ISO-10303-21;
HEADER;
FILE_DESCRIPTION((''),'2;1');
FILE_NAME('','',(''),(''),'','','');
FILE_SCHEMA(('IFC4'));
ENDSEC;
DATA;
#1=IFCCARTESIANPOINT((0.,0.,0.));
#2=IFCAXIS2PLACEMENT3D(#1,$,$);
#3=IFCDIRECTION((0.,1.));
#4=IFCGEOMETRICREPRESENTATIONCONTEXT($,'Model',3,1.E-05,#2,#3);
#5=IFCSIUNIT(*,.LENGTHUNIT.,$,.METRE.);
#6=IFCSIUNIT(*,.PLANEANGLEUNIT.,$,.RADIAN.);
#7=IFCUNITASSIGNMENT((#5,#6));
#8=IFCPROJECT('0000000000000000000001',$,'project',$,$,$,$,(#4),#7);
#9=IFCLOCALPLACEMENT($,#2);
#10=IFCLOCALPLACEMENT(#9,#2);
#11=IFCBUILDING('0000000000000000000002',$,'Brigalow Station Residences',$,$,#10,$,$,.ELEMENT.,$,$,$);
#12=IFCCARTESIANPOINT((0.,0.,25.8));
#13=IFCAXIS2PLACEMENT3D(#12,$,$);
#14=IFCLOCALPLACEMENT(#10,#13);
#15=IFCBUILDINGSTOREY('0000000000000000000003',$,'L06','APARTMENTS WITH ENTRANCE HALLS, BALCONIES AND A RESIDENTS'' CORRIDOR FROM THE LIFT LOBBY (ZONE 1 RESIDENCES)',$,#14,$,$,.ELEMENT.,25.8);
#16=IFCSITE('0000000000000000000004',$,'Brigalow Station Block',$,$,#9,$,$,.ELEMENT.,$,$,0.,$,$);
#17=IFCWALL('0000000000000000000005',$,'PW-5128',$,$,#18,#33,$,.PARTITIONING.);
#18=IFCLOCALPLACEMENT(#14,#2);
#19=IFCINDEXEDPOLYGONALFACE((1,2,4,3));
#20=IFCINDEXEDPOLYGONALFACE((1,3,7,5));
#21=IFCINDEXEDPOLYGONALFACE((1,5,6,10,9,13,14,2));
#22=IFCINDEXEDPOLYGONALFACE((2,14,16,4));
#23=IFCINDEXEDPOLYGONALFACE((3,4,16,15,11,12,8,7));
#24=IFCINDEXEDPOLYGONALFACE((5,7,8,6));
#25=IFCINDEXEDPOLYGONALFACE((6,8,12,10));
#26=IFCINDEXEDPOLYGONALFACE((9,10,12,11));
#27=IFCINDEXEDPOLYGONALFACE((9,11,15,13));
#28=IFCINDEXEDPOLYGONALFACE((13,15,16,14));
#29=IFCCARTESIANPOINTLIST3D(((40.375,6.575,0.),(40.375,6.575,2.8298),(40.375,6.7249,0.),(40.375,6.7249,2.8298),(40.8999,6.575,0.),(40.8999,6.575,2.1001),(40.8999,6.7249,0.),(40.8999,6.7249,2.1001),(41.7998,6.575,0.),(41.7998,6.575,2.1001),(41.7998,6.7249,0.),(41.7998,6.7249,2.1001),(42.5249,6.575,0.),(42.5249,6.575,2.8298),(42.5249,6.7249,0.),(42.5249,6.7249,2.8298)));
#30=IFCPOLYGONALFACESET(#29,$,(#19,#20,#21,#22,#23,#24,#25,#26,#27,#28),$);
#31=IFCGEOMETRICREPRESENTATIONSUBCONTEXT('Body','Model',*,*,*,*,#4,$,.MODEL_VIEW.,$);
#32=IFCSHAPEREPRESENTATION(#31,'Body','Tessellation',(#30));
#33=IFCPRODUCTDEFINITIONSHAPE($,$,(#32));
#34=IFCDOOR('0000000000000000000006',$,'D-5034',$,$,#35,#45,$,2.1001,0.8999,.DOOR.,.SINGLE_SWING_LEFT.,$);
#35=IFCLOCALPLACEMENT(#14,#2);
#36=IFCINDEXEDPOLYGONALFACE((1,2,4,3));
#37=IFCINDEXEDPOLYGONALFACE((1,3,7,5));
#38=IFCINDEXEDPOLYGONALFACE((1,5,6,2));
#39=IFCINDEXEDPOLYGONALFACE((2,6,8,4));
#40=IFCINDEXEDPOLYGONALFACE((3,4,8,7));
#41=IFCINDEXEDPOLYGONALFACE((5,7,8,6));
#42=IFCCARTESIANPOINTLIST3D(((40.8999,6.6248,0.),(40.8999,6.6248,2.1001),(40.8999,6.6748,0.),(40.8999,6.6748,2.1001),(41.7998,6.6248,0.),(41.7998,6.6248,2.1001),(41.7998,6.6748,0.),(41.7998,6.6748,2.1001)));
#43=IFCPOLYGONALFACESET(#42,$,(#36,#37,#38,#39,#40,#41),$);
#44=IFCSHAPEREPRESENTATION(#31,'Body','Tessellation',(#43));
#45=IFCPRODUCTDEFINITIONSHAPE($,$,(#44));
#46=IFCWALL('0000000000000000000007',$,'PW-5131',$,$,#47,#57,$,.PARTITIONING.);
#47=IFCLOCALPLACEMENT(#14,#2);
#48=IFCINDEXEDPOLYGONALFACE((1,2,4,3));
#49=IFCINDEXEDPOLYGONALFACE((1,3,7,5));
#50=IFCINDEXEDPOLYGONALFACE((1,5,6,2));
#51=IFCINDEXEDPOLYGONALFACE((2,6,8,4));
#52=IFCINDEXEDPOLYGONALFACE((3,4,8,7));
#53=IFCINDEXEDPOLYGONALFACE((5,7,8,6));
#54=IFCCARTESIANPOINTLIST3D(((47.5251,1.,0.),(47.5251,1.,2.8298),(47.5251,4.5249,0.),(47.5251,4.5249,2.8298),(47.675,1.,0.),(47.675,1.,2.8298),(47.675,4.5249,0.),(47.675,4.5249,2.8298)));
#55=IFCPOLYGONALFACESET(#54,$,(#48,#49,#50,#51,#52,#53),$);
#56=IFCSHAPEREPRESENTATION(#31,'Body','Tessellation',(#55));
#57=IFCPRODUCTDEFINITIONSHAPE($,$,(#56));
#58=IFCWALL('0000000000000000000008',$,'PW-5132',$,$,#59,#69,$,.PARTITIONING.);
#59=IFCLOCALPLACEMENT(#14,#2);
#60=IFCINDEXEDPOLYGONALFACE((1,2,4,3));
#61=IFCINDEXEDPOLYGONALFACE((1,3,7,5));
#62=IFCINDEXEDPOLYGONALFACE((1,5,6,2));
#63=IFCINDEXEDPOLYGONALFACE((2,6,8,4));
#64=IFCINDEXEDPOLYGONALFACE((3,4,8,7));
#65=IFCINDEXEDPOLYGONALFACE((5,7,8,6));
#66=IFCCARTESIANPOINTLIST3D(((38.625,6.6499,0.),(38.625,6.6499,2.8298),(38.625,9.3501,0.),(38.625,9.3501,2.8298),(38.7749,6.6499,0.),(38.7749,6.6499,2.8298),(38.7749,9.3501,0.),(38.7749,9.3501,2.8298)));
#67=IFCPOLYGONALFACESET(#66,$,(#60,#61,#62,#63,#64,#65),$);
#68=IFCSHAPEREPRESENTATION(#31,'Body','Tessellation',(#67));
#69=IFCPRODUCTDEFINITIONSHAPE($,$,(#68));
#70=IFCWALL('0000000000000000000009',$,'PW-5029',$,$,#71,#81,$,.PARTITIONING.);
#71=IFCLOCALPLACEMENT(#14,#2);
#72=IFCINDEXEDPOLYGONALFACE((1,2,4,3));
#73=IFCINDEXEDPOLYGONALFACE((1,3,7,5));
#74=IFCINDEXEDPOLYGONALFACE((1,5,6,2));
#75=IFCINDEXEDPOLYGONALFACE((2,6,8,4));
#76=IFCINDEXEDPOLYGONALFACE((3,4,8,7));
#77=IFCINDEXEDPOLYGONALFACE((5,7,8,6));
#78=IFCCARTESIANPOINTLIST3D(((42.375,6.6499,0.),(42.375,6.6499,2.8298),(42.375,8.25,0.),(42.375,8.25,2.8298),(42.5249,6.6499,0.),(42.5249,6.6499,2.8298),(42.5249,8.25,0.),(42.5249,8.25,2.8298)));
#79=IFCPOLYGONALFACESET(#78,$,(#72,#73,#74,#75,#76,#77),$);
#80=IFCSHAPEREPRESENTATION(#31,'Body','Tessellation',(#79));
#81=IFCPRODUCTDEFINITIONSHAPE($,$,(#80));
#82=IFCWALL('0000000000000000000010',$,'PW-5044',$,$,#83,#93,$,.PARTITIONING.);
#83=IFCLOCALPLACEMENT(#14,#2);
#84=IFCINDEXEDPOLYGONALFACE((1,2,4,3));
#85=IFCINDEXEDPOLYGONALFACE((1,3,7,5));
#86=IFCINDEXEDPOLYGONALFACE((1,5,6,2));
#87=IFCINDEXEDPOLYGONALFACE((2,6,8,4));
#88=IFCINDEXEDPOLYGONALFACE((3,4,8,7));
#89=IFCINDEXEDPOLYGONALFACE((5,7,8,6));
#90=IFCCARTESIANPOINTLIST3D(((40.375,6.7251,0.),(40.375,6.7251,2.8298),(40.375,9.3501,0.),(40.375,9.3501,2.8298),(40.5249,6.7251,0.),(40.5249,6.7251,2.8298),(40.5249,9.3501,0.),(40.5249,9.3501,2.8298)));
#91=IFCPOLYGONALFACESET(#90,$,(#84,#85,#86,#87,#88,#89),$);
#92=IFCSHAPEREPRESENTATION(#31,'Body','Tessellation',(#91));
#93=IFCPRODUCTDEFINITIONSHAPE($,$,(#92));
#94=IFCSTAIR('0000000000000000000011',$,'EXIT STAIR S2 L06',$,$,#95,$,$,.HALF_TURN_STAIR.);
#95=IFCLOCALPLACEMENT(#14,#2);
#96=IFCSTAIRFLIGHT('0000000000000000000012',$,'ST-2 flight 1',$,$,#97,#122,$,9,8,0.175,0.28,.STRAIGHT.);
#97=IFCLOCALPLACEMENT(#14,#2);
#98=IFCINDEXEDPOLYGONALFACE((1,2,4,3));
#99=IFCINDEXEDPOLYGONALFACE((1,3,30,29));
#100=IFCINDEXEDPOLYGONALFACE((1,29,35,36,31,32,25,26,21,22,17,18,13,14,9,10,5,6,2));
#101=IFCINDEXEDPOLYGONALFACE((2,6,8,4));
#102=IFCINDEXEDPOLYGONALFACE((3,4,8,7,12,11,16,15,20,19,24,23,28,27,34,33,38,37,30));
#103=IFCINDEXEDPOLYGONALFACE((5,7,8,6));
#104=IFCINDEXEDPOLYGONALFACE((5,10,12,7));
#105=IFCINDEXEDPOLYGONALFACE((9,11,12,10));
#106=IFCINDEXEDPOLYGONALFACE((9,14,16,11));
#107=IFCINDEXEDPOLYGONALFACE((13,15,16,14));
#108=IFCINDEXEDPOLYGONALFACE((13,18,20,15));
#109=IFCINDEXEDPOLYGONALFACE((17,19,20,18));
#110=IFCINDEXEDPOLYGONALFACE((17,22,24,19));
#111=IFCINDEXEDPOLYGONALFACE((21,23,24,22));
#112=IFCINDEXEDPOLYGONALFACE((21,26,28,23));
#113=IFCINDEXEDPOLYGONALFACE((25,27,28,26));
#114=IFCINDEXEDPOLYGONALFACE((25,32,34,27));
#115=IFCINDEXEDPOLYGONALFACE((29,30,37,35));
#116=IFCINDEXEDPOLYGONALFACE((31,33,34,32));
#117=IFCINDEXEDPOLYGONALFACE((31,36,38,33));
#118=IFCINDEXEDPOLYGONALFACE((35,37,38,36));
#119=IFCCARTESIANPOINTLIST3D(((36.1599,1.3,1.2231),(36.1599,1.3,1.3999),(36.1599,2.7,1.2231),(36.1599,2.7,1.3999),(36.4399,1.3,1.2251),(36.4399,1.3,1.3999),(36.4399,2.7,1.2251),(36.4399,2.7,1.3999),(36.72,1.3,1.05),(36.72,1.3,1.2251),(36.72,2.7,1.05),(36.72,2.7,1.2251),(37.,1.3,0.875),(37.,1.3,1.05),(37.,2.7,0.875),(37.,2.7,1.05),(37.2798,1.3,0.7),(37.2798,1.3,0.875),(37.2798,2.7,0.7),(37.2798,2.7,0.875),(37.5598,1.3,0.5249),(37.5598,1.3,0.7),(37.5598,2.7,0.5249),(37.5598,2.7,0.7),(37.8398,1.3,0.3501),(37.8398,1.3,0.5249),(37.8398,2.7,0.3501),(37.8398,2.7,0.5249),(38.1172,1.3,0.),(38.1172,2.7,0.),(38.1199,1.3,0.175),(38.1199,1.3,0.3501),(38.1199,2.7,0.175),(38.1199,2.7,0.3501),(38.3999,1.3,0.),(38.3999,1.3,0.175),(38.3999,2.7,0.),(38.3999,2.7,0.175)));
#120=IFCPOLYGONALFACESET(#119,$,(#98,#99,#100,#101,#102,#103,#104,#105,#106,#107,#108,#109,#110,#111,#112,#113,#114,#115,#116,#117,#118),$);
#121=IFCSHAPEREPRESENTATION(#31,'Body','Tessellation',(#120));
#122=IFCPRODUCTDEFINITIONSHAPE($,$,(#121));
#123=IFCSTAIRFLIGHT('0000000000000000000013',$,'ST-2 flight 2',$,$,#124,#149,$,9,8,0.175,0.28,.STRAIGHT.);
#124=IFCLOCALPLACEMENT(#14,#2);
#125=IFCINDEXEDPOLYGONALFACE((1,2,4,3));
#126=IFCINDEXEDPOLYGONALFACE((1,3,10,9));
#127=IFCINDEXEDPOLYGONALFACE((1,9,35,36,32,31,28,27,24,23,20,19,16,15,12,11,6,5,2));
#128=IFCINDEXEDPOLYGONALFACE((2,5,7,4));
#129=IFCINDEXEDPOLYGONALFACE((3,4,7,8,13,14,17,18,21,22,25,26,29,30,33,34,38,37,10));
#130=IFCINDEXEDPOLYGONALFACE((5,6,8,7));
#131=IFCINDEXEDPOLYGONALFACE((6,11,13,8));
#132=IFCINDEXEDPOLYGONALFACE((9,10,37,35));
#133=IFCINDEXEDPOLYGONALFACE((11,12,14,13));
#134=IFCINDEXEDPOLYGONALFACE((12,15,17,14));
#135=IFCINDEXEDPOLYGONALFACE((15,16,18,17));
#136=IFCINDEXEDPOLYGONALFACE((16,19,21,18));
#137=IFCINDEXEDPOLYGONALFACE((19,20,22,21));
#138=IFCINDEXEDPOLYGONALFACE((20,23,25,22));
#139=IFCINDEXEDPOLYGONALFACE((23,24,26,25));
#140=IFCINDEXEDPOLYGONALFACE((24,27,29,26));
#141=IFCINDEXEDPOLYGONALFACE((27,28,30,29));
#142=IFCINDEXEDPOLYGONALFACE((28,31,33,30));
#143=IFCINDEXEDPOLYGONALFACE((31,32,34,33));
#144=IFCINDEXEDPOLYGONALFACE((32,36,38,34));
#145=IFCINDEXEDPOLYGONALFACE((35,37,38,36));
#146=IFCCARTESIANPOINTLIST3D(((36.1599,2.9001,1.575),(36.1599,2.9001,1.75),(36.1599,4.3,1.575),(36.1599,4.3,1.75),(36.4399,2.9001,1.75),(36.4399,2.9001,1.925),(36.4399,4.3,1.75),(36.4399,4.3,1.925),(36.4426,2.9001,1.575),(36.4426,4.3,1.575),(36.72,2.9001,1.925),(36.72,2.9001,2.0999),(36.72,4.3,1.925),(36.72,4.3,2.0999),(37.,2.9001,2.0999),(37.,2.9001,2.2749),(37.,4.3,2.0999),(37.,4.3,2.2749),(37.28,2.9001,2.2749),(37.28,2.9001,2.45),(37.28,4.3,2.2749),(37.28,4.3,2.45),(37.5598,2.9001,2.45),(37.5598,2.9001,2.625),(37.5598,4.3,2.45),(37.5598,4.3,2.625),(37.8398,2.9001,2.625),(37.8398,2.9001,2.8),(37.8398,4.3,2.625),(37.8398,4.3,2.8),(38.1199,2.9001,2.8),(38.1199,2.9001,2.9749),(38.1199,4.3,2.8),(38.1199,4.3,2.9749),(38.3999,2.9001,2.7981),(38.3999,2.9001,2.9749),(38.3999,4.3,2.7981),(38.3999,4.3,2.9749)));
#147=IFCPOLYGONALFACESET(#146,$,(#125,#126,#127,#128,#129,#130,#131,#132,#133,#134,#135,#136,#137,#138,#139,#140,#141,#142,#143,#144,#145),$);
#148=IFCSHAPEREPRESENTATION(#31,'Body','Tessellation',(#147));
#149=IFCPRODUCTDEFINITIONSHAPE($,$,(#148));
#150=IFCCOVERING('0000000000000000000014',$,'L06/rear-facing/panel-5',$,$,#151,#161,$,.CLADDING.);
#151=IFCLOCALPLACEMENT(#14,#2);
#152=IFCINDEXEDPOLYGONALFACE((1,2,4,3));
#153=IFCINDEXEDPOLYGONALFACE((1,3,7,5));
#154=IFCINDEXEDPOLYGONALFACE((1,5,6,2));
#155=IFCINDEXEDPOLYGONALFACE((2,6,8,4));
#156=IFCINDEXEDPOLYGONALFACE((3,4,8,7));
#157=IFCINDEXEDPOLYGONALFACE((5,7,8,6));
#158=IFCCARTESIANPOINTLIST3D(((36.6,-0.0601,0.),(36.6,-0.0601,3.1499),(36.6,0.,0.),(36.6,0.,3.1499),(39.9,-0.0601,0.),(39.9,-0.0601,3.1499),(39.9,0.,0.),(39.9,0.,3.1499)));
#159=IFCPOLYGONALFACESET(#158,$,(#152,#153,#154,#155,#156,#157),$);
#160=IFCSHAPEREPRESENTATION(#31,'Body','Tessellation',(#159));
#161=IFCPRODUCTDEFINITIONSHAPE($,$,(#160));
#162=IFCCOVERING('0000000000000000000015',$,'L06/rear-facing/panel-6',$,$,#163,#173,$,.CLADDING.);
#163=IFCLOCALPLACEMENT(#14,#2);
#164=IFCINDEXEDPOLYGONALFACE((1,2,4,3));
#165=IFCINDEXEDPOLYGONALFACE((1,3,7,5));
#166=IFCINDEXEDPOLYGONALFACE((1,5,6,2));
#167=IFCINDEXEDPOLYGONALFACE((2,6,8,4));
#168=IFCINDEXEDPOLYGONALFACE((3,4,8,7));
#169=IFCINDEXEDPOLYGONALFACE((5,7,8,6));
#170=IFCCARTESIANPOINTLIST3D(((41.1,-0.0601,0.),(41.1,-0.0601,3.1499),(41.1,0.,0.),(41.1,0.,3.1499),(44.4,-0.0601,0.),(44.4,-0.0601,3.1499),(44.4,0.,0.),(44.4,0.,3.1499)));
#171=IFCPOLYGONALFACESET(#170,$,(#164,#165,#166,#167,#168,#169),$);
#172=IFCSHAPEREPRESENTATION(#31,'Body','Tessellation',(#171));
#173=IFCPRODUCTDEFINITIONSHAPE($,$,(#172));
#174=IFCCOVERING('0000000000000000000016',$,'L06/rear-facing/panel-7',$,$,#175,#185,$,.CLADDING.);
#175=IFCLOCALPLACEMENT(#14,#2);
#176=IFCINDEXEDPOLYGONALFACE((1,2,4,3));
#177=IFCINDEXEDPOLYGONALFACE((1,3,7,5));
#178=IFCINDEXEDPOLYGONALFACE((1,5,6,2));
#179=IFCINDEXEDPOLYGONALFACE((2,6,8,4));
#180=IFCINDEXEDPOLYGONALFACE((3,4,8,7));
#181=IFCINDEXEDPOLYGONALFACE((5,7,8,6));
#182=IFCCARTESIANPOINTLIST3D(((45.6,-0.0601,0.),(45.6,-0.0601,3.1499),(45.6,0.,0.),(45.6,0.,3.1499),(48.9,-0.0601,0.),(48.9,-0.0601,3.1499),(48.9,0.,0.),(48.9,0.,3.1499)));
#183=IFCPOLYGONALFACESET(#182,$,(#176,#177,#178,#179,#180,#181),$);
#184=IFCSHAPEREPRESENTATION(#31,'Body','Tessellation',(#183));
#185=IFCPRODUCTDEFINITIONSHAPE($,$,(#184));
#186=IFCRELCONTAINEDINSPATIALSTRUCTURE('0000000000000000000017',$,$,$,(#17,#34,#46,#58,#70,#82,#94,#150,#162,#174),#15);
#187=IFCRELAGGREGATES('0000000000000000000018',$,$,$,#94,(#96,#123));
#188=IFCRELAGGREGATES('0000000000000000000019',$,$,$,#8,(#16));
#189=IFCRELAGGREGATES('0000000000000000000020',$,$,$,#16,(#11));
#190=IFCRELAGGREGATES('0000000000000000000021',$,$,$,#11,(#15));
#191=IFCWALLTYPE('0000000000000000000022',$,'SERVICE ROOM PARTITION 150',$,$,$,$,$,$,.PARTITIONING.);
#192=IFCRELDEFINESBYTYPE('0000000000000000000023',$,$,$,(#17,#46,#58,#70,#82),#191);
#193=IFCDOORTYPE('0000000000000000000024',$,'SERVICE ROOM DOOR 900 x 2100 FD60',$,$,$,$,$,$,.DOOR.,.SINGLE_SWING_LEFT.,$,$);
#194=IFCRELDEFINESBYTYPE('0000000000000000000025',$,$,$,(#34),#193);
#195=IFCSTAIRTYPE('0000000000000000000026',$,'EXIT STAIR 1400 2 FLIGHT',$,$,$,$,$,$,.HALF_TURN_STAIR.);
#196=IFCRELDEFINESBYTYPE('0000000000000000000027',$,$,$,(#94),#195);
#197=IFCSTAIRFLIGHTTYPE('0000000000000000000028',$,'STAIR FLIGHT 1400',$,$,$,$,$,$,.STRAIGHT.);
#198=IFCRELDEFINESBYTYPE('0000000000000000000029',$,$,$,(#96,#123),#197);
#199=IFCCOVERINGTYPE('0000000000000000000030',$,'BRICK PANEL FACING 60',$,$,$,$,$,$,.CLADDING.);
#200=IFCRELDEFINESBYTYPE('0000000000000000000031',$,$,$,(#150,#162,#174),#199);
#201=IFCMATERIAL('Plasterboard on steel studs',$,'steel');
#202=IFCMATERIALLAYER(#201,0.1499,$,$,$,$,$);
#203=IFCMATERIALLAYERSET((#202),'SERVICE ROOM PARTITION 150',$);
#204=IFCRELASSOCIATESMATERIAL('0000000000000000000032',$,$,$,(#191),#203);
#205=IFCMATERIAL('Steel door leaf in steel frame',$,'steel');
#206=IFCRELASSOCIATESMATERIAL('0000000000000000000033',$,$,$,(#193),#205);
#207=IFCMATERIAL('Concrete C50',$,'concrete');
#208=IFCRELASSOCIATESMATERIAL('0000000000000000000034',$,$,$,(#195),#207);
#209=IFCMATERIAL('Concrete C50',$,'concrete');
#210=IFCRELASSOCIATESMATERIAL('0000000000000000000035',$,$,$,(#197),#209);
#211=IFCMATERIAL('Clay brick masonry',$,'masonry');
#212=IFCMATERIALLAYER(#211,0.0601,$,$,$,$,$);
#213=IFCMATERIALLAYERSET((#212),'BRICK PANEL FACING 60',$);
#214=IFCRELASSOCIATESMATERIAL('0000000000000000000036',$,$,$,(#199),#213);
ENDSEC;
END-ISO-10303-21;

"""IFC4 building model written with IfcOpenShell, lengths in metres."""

from ifc_helpers import new_model, si_unit, direction, frame, frame_2d, origin, origin_2d, place, context, subcontext, project, spatial, polyline, rectangle, outline, extrude, material, layer, layer_set, type_object, element, fill, aggregate, save


model = new_model("IFC4")

# Units and contexts
model_context = context("Model", 3, precision=1e-05, world=origin(), true_north=direction((0.0, 1.0)))
body_context = subcontext(model_context, "Body", "Model", "MODEL_VIEW")
ifc_project = project(units=[si_unit("LENGTHUNIT", "METRE"), si_unit("PLANEANGLEUNIT", "RADIAN")], contexts=[model_context])

# Site, building, storey
site_placement = place(None, origin())
site = spatial("IfcSite", under=ifc_project, at=site_placement, Name="Brigalow Station Block", CompositionType="ELEMENT", RefElevation=0.0)
building_placement = place(site_placement, origin())
building = spatial("IfcBuilding", under=site, at=building_placement, Name="Brigalow Station Residences", CompositionType="ELEMENT")
storey_placement = place(building_placement, frame((0.0, 0.0, 25.8)))
storey = spatial("IfcBuildingStorey", under=building, at=storey_placement, Name="L06", Description="APARTMENTS WITH ENTRANCE HALLS, BALCONIES AND A RESIDENTS' CORRIDOR FROM THE LIFT LOBBY (ZONE 1 RESIDENCES)", CompositionType="ELEMENT", Elevation=25.8)

# Shared definitions
ifc_material_1 = material(Name="Plasterboard on steel studs", Category="steel")
ifc_layer_1 = layer(ifc_material_1, 0.1499)
ifc_layer_set_1 = layer_set([ifc_layer_1], Name="SERVICE ROOM PARTITION 150")
wall_type_1 = type_object("IfcWallType", Name="SERVICE ROOM PARTITION 150", PredefinedType="PARTITIONING", material=ifc_layer_set_1)
ifc_material_2 = material(Name="Steel door leaf in steel frame", Category="steel")
door_type_1 = type_object("IfcDoorType", Name="SERVICE ROOM DOOR 900 x 2100 FD60", OperationType="SINGLE_SWING_LEFT", PredefinedType="DOOR", material=ifc_material_2)

# Wall, opening, door
wall_1_placement = place(storey_placement, frame((40.375, 6.6499, 0.0), z_axis=(0.0, 0.0, 1.0), x_axis=(1.0, 0.0, 0.0)))
wall_1 = element("IfcWall", 1, at=wall_1_placement, inside=storey, type_object=wall_type_1, Name="PW-5128", PredefinedType="PARTITIONING", context=body_context, shape_type="SweptSolid", body=[
    extrude(rectangle(XDim=2.1499, YDim=0.1499, at=frame_2d((1.075, 0.0))), origin(), (0.0, 0.0, 1.0), 2.8298),
])
opening_1_placement = place(wall_1_placement, frame((0.5249, 0.0, 0.0)))
opening_1 = element("IfcOpeningElement", 2, at=opening_1_placement, cuts=wall_1, PredefinedType="OPENING", context=body_context, shape_type="SweptSolid", body=[
    extrude(rectangle(XDim=0.8999, YDim=2.1001, at=frame_2d((0.45, 1.05))), frame((0.0, 0.085, 0.0), z_axis=(0.0, -1.0, 0.0), x_axis=(1.0, 0.0, 0.0)), (0.0, 0.0, 1.0), 0.1699),
])
door_1_placement = place(opening_1_placement, origin())
door_1 = element("IfcDoor", 3, at=door_1_placement, inside=storey, type_object=door_type_1, Name="D-5034", OperationType="SINGLE_SWING_LEFT", OverallHeight=2.1001, OverallWidth=0.8999, PredefinedType="DOOR", context=body_context, shape_type="SweptSolid", body=[
    extrude(rectangle(XDim=0.8999, YDim=2.1001, at=frame_2d((0.45, 1.05))), frame((0.0, 0.0249, 0.0), z_axis=(0.0, -1.0, 0.0), x_axis=(1.0, 0.0, 0.0)), (0.0, 0.0, 1.0), 0.05),
])
fill(opening_1, door_1)

# Walls
wall_2_placement = place(storey_placement, frame((47.6001, 1.0, 0.0), z_axis=(0.0, 0.0, 1.0), x_axis=(0.0, 1.0, 0.0)))
element("IfcWall", 4, at=wall_2_placement, inside=storey, type_object=wall_type_1, Name="PW-5131", PredefinedType="PARTITIONING", context=body_context, shape_type="SweptSolid", body=[
    extrude(rectangle(XDim=3.5249, YDim=0.1499, at=frame_2d((1.7625, 0.0))), origin(), (0.0, 0.0, 1.0), 2.8298),
])
wall_3_placement = place(storey_placement, frame((38.7, 6.6499, 0.0), z_axis=(0.0, 0.0, 1.0), x_axis=(0.0, 1.0, 0.0)))
element("IfcWall", 5, at=wall_3_placement, inside=storey, type_object=wall_type_1, Name="PW-5132", PredefinedType="PARTITIONING", context=body_context, shape_type="SweptSolid", body=[
    extrude(rectangle(XDim=2.7002, YDim=0.1499, at=frame_2d((1.3501, 0.0))), origin(), (0.0, 0.0, 1.0), 2.8298),
])
wall_4_placement = place(storey_placement, frame((42.45, 6.6499, 0.0), z_axis=(0.0, 0.0, 1.0), x_axis=(0.0, 1.0, 0.0)))
element("IfcWall", 6, at=wall_4_placement, inside=storey, type_object=wall_type_1, Name="PW-5029", PredefinedType="PARTITIONING", context=body_context, shape_type="SweptSolid", body=[
    extrude(rectangle(XDim=1.6001, YDim=0.1499, at=frame_2d((0.8, 0.0))), origin(), (0.0, 0.0, 1.0), 2.8298),
])
wall_5_placement = place(storey_placement, frame((40.45, 6.7251, 0.0), z_axis=(0.0, 0.0, 1.0), x_axis=(0.0, 1.0, 0.0)))
element("IfcWall", 7, at=wall_5_placement, inside=storey, type_object=wall_type_1, Name="PW-5044", PredefinedType="PARTITIONING", context=body_context, shape_type="SweptSolid", body=[
    extrude(rectangle(XDim=2.625, YDim=0.1499, at=frame_2d((1.3125, 0.0))), origin(), (0.0, 0.0, 1.0), 2.8298),
])

# Stair, stair flights
ifc_material_3 = material(Name="Concrete C50", Category="concrete")
stair_type = type_object("IfcStairType", Name="EXIT STAIR 1400 2 FLIGHT", PredefinedType="HALF_TURN_STAIR", material=ifc_material_3)
stair_placement = place(storey_placement, origin())
stair = element("IfcStair", 8, at=stair_placement, inside=storey, type_object=stair_type, Name="EXIT STAIR S2 L06", PredefinedType="HALF_TURN_STAIR")
ifc_material_4 = material(Name="Concrete C50", Category="concrete")
stair_flight_type = type_object("IfcStairFlightType", Name="STAIR FLIGHT 1400", PredefinedType="STRAIGHT", material=ifc_material_4)
stair_flight_1_placement = place(storey_placement, frame((38.3999, 2.0, 0.0), z_axis=(0.0, 0.0, 1.0), x_axis=(-1.0, 0.0, 0.0)))
stair_flight_1 = element("IfcStairFlight", 9, at=stair_flight_1_placement, type_object=stair_flight_type, Name="ST-2 flight 1", NumberOfRisers=9, NumberOfTreads=8, PredefinedType="STRAIGHT", RiserHeight=0.175, TreadLength=0.28, context=body_context, shape_type="SweptSolid", body=[
    extrude(outline(polyline([(0.0, 0.0), (0.0, 0.175), (0.28, 0.175), (0.28, 0.3501), (0.5601, 0.3501), (0.5601, 0.5249), (0.8401, 0.5249), (0.8401, 0.7), (1.1201, 0.7), (1.1201, 0.875), (1.3999, 0.875), (1.3999, 1.05), (1.6799, 1.05), (1.6799, 1.2251), (1.96, 1.2251), (1.96, 1.3999), (2.24, 1.3999), (2.24, 1.575), (2.24, 1.2231), (0.2827, 0.0), (0.0, 0.0)])), frame((0.0, 0.7, 0.0), z_axis=(0.0, -1.0, 0.0), x_axis=(1.0, 0.0, 0.0)), (0.0, 0.0, 1.0), 1.3999),
])
stair_flight_2_placement = place(storey_placement, frame((36.1599, 3.6001, 1.575), z_axis=(0.0, 0.0, 1.0), x_axis=(1.0, 0.0, 0.0)))
stair_flight_2 = element("IfcStairFlight", 10, at=stair_flight_2_placement, type_object=stair_flight_type, Name="ST-2 flight 2", NumberOfRisers=9, NumberOfTreads=8, PredefinedType="STRAIGHT", RiserHeight=0.175, TreadLength=0.28, context=body_context, shape_type="SweptSolid", body=[
    extrude(outline(polyline([(0.0, 0.0), (0.0, 0.175), (0.28, 0.175), (0.28, 0.3501), (0.5601, 0.3501), (0.5601, 0.5249), (0.8401, 0.5249), (0.8401, 0.7), (1.1201, 0.7), (1.1201, 0.875), (1.3999, 0.875), (1.3999, 1.05), (1.6799, 1.05), (1.6799, 1.2251), (1.96, 1.2251), (1.96, 1.3999), (2.24, 1.3999), (2.24, 1.575), (2.24, 1.2231), (0.2827, 0.0), (0.0, 0.0)])), frame((0.0, 0.7, 0.0), z_axis=(0.0, -1.0, 0.0), x_axis=(1.0, 0.0, 0.0)), (0.0, 0.0, 1.0), 1.3999),
])
aggregate(stair, [stair_flight_1, stair_flight_2])

# Coverings
ifc_material_5 = material(Name="Clay brick masonry", Category="masonry")
ifc_layer_2 = layer(ifc_material_5, 0.0601)
ifc_layer_set_2 = layer_set([ifc_layer_2], Name="BRICK PANEL FACING 60")
covering_type_1 = type_object("IfcCoveringType", Name="BRICK PANEL FACING 60", PredefinedType="CLADDING", material=ifc_layer_set_2)
for number, where, z_axis, x_axis, name in (
    (11, (38.25, -0.03, 0.0), (0.0, 0.0, 1.0), (1.0, 0.0, 0.0), "L06/rear-facing/panel-5"),
    (12, (42.75, -0.03, 0.0), (0.0, 0.0, 1.0), (1.0, 0.0, 0.0), "L06/rear-facing/panel-6"),
    (13, (47.25, -0.03, 0.0), (0.0, 0.0, 1.0), (1.0, 0.0, 0.0), "L06/rear-facing/panel-7"),
):
    element("IfcCovering", number, at=place(storey_placement, frame(where, z_axis=z_axis, x_axis=x_axis)), inside=storey, type_object=covering_type_1, Name=name, PredefinedType="CLADDING", context=body_context, shape_type="SweptSolid", body=[
        extrude(rectangle(XDim=3.3, YDim=0.0601, at=origin_2d()), origin(), (0.0, 0.0, 1.0), 3.1499),
    ])

save(model, "model.ifc")
